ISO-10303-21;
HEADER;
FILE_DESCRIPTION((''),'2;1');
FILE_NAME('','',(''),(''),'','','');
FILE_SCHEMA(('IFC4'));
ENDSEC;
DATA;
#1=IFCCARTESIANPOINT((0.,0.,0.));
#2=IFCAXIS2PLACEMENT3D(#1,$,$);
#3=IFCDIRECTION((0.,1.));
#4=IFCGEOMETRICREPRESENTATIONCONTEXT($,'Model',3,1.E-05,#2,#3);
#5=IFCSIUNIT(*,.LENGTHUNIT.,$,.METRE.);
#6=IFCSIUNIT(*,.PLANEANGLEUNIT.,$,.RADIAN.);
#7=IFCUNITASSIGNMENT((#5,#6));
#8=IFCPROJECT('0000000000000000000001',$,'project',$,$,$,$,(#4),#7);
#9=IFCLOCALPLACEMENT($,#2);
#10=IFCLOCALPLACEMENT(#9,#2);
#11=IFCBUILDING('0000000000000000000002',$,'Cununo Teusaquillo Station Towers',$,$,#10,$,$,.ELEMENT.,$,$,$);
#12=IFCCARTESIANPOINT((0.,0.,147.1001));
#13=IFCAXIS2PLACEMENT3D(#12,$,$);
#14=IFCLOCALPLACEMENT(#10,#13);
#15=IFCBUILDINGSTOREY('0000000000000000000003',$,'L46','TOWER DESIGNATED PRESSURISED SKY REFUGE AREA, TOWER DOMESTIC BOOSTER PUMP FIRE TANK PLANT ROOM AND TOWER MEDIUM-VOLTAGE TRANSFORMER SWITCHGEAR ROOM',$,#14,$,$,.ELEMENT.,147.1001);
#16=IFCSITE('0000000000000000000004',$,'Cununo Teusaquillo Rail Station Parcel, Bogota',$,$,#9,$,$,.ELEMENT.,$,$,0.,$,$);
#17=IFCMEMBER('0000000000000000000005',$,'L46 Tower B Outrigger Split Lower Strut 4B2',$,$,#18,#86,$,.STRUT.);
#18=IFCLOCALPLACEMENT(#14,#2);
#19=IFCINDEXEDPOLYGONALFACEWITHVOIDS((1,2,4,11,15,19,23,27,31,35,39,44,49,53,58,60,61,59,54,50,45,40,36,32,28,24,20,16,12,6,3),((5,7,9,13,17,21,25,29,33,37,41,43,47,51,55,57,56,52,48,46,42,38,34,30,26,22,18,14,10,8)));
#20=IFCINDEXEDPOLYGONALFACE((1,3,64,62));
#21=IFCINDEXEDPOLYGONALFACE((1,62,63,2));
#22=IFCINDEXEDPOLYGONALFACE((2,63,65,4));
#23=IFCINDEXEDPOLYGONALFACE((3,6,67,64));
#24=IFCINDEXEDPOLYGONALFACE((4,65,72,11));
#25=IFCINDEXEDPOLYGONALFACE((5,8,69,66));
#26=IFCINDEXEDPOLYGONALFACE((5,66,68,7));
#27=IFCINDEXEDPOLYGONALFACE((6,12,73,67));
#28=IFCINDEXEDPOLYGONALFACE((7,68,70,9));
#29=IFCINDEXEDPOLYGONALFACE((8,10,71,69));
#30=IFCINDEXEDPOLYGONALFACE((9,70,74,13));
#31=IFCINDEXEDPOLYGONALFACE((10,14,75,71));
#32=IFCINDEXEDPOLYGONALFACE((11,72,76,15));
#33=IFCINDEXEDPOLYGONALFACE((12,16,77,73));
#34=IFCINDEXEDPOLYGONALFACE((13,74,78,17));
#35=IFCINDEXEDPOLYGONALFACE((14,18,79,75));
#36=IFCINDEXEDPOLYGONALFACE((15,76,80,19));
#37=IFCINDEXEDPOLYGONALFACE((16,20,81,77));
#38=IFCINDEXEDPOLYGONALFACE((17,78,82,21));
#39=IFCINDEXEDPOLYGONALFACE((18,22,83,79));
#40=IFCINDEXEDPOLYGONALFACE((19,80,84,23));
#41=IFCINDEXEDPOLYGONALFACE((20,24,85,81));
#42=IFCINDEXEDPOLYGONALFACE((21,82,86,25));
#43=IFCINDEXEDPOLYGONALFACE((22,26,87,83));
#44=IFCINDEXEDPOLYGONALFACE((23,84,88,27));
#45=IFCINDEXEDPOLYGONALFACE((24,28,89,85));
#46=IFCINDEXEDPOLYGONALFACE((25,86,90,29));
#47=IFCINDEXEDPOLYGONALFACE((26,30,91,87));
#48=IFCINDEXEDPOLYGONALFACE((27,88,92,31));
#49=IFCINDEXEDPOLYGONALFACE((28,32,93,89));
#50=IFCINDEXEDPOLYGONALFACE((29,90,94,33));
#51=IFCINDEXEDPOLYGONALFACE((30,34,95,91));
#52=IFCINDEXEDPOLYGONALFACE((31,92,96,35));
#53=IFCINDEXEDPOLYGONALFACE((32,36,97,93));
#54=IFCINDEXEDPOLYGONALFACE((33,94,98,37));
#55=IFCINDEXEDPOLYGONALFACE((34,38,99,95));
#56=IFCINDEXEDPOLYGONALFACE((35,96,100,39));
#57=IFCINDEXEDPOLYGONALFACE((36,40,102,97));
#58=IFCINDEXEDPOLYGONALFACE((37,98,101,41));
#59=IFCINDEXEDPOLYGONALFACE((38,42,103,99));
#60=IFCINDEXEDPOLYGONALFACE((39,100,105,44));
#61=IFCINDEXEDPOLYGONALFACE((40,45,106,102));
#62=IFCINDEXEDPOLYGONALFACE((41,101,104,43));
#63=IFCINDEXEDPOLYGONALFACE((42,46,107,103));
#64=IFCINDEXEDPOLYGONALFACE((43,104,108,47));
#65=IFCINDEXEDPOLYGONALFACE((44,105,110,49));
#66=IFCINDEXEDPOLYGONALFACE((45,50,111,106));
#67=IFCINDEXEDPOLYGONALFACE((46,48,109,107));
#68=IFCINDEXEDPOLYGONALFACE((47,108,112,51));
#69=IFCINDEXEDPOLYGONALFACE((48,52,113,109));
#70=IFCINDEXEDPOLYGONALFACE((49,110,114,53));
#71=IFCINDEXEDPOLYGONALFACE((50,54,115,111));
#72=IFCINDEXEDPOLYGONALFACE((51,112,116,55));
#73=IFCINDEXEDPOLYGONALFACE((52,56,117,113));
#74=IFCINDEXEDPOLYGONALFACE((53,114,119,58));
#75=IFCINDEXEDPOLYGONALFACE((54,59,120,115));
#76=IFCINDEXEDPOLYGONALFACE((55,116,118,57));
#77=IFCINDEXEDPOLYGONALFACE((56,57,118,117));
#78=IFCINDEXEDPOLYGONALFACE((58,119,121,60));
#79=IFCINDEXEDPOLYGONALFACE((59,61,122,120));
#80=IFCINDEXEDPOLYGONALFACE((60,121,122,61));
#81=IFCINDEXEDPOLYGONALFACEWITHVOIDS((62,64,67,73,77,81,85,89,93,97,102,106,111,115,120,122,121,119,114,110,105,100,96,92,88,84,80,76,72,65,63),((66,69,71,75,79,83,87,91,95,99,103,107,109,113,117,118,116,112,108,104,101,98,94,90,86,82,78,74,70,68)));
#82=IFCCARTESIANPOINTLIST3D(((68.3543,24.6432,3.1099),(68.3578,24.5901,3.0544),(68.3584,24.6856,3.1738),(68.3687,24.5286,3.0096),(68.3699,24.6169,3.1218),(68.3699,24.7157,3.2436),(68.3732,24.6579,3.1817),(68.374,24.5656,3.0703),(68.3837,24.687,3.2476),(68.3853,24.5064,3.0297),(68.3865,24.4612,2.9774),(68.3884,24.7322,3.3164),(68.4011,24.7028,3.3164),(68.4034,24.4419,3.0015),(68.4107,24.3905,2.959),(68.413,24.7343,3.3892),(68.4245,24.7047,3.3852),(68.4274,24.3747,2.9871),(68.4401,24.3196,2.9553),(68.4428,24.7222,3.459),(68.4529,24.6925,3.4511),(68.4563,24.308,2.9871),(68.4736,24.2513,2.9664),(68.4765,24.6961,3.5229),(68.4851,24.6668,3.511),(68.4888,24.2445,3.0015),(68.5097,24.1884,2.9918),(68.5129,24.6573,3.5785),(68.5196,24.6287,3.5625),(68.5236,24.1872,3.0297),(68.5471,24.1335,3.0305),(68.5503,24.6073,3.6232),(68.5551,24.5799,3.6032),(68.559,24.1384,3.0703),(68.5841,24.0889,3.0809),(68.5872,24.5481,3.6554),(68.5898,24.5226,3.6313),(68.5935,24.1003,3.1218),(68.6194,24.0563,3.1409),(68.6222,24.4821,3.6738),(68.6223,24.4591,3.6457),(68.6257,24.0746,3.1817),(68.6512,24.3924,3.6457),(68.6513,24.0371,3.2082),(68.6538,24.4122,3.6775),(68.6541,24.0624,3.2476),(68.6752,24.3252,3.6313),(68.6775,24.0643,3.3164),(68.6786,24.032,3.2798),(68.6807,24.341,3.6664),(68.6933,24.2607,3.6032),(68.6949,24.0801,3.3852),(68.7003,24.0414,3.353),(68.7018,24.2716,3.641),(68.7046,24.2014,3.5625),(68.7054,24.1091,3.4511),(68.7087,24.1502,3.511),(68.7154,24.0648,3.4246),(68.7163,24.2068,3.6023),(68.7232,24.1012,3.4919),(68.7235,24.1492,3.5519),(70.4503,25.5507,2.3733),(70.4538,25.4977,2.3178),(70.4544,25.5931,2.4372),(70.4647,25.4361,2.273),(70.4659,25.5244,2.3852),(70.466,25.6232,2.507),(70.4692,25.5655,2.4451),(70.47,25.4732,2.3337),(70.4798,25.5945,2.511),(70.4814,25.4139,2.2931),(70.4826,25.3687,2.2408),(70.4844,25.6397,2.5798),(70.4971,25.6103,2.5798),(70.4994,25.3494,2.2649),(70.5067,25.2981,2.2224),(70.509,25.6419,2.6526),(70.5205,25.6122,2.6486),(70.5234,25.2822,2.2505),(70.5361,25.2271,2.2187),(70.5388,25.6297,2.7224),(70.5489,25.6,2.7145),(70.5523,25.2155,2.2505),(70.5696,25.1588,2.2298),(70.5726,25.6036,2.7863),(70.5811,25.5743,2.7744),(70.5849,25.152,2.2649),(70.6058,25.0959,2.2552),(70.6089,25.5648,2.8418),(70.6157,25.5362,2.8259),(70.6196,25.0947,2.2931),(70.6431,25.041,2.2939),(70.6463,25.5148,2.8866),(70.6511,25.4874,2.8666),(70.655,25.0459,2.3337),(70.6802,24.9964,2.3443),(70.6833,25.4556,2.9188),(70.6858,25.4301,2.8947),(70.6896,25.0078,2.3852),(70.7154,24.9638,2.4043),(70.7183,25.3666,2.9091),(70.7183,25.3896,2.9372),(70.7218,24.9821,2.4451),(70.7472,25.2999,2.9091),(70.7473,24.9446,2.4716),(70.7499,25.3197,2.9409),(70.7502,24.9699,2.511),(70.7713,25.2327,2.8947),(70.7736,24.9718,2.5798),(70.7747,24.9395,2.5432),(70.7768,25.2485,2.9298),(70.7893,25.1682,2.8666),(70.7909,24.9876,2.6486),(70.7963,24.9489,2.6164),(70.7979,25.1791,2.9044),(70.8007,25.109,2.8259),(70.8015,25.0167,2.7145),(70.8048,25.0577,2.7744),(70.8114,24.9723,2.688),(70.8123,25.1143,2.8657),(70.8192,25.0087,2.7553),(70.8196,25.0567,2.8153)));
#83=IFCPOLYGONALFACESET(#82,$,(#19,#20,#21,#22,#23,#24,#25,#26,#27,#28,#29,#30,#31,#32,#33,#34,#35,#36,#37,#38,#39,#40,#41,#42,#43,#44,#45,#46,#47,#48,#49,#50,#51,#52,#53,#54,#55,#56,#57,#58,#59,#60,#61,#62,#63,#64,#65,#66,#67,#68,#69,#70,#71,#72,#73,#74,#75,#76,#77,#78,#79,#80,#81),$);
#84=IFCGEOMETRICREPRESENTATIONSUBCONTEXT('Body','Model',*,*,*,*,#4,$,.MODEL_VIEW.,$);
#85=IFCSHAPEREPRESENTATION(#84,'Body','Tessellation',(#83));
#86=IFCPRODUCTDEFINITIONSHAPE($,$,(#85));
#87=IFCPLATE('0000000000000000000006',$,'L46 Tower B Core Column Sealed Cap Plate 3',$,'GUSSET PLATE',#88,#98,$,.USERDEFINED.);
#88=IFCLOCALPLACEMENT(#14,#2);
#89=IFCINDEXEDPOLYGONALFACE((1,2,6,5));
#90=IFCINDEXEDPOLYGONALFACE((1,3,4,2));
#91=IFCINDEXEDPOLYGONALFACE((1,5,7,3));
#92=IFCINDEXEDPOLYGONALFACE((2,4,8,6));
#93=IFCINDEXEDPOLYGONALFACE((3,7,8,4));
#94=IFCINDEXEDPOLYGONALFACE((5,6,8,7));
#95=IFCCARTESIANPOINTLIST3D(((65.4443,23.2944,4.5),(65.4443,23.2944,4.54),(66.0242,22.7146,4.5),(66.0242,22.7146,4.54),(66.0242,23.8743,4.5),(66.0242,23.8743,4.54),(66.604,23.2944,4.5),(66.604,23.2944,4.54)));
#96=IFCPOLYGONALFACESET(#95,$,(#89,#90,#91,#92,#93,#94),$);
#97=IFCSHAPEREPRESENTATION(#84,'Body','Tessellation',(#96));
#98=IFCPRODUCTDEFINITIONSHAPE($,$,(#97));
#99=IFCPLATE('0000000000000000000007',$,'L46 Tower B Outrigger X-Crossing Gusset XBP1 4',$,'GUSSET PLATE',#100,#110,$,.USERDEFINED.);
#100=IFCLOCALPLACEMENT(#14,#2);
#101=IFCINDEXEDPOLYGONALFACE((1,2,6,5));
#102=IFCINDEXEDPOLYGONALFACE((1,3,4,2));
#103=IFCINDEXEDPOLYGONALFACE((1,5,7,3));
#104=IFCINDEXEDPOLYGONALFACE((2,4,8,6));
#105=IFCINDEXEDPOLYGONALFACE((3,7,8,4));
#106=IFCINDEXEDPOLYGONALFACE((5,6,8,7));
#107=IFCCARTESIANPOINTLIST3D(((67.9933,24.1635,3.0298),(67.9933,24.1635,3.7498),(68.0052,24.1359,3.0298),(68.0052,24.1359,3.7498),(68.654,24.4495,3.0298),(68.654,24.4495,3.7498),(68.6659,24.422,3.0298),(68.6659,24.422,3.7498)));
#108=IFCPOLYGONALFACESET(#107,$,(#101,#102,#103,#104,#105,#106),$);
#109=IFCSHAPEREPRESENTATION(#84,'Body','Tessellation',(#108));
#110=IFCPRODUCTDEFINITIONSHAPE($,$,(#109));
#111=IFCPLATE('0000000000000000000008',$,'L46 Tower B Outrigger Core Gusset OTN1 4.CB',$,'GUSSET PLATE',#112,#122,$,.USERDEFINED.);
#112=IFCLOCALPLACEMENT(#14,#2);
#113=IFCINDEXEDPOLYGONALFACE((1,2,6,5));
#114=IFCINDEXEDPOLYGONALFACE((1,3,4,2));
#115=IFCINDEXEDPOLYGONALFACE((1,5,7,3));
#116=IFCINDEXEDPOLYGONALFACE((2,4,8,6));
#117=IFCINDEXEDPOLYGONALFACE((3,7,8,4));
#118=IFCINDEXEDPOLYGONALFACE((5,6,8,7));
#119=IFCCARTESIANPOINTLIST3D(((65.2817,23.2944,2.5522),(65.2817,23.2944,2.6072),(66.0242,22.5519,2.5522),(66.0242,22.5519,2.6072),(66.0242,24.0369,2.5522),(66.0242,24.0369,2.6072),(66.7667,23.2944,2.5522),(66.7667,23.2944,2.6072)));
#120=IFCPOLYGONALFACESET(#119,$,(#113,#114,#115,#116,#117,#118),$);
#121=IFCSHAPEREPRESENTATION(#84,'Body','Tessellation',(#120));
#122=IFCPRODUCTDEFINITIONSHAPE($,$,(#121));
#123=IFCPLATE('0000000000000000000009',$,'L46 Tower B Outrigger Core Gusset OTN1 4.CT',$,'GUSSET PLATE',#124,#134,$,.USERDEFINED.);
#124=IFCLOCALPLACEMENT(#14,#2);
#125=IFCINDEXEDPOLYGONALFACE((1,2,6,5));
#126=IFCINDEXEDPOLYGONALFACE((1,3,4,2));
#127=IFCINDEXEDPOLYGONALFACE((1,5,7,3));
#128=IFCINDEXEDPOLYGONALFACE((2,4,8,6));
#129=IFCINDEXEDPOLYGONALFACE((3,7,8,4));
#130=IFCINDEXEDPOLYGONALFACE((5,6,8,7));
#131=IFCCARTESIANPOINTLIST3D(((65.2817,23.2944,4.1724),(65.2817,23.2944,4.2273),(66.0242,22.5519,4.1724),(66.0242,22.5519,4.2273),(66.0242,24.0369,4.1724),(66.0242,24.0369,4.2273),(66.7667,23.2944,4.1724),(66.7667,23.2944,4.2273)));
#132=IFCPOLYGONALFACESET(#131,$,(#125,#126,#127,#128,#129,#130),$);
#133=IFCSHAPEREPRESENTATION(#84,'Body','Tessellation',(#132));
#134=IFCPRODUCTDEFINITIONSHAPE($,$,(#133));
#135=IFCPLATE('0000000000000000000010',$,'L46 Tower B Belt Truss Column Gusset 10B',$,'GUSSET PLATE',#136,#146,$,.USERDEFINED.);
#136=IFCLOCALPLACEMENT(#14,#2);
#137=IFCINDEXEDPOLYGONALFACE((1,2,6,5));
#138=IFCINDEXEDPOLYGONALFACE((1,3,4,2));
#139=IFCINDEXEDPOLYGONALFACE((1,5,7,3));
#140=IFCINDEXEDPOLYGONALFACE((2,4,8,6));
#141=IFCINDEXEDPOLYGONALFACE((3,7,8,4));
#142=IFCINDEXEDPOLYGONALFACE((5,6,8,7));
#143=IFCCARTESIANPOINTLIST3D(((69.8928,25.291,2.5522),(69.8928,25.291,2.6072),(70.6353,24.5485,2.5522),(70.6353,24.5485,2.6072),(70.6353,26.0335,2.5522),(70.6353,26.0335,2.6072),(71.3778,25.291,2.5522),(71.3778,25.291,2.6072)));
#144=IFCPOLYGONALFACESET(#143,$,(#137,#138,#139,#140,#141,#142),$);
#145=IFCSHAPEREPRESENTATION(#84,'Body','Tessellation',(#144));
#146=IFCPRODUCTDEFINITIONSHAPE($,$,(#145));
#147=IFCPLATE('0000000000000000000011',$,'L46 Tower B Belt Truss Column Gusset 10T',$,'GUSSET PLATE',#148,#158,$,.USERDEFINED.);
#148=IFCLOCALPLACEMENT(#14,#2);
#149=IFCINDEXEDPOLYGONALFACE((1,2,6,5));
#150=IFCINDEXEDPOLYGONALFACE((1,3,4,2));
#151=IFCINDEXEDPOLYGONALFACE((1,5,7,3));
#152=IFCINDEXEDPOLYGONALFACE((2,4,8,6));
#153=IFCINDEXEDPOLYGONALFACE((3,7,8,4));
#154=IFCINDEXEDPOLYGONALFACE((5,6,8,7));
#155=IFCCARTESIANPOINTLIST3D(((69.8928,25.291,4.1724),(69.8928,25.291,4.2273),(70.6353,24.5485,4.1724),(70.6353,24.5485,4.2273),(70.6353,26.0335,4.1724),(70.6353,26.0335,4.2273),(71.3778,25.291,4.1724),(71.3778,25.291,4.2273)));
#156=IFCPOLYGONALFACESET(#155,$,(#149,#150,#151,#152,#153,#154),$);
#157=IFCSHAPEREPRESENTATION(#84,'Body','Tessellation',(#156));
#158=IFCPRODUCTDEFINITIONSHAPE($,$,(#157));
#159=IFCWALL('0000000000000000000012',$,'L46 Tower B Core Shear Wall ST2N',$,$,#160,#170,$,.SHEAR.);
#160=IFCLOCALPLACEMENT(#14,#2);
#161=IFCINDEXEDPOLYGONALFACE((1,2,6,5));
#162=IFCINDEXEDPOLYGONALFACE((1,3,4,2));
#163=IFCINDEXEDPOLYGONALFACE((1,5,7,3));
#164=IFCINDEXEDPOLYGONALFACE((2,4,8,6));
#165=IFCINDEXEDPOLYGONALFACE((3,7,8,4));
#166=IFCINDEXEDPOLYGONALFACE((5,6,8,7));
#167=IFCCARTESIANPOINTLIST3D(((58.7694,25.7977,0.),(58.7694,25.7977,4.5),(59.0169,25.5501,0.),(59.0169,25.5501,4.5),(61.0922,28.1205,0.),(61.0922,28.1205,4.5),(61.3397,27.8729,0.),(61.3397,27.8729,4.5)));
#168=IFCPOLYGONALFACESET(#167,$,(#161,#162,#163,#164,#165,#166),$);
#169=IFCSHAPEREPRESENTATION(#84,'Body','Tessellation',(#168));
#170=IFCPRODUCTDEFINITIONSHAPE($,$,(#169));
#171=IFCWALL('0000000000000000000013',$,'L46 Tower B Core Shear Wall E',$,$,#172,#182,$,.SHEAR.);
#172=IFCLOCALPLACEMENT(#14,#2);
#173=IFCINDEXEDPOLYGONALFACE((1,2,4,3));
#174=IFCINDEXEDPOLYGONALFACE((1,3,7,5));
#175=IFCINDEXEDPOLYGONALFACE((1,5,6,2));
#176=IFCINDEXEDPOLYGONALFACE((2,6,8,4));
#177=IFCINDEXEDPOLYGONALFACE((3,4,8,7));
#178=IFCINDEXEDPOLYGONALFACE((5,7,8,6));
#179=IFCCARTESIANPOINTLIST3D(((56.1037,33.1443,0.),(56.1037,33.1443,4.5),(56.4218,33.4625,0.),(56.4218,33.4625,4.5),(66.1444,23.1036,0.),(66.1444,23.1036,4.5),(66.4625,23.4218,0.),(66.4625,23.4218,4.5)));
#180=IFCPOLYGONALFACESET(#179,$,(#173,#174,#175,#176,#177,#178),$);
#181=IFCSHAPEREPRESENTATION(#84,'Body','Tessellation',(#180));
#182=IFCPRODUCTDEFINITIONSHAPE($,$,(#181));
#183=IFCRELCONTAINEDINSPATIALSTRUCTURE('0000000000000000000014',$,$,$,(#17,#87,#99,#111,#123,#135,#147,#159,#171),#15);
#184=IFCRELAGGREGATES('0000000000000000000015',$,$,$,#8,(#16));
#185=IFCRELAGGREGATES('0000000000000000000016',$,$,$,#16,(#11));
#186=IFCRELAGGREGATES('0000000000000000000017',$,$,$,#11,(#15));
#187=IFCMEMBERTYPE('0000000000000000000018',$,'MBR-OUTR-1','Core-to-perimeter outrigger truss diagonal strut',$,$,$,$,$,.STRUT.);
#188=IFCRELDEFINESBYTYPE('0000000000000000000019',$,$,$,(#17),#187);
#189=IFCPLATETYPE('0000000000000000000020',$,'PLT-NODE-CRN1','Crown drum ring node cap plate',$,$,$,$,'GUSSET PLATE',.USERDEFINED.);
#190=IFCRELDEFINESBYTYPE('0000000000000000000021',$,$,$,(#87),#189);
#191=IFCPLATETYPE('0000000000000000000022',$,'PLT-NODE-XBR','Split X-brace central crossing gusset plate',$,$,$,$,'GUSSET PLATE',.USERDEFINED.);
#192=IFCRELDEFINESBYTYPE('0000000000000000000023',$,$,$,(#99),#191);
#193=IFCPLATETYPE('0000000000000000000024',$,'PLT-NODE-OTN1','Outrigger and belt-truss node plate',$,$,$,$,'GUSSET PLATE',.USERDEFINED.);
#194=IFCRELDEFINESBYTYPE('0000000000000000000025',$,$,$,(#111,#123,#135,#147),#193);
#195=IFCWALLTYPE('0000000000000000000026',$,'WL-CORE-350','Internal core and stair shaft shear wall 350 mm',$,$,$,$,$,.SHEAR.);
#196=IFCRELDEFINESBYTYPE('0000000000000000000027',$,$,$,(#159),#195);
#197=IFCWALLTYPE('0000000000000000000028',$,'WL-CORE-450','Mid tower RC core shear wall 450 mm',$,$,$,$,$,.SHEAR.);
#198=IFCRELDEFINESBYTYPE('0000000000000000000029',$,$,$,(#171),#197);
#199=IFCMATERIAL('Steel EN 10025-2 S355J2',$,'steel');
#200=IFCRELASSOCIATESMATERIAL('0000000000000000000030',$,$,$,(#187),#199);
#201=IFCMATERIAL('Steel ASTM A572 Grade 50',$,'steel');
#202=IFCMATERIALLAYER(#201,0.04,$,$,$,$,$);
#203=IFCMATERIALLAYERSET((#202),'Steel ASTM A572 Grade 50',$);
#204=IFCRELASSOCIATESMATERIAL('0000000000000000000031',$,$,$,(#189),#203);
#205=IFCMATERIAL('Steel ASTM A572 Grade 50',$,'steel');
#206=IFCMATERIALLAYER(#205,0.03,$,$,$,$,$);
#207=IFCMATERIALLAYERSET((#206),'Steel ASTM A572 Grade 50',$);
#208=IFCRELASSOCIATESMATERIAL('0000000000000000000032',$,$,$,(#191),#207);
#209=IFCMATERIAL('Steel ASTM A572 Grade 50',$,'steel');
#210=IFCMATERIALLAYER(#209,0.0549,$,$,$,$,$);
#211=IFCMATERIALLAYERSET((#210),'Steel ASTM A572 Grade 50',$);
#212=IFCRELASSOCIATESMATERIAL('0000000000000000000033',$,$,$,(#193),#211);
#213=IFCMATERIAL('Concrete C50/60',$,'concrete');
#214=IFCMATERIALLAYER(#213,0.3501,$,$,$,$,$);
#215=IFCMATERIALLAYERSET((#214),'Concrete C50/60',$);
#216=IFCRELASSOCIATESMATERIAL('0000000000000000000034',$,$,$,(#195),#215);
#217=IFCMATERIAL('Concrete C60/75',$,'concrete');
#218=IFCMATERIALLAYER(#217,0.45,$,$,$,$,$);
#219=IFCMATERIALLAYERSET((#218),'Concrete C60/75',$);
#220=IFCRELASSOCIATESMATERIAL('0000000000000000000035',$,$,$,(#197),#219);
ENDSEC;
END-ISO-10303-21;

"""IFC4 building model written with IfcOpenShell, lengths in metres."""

from ifc_helpers import new_model, si_unit, direction, frame, frame_2d, origin, origin_2d, place, context, subcontext, project, spatial, rectangle, hollow_circle, extrude, source, transform, mapped, material, layer, layer_set, material_profile, profile_set, type_object, element, save


model = new_model("IFC4")

# Units and contexts
model_context = context("Model", 3, precision=1e-05, world=origin(), true_north=direction((0.0, 1.0)))
body_context = subcontext(model_context, "Body", "Model", "MODEL_VIEW")
ifc_project = project(units=[si_unit("LENGTHUNIT", "METRE"), si_unit("PLANEANGLEUNIT", "RADIAN")], contexts=[model_context])

# Site, building, storey
site_placement = place(None, origin())
site = spatial("IfcSite", under=ifc_project, at=site_placement, Name="Cununo Teusaquillo Rail Station Parcel, Bogota", CompositionType="ELEMENT", RefElevation=0.0)
building_placement = place(site_placement, origin())
building = spatial("IfcBuilding", under=site, at=building_placement, Name="Cununo Teusaquillo Station Towers", CompositionType="ELEMENT")
storey_placement = place(building_placement, frame((0.0, 0.0, 147.1001)))
storey = spatial("IfcBuildingStorey", under=building, at=storey_placement, Name="L46", Description="TOWER DESIGNATED PRESSURISED SKY REFUGE AREA, TOWER DOMESTIC BOOSTER PUMP FIRE TANK PLANT ROOM AND TOWER MEDIUM-VOLTAGE TRANSFORMER SWITCHGEAR ROOM", CompositionType="ELEMENT", Elevation=147.1001)

# Member
ifc_material_1 = material(Name="Steel EN 10025-2 S355J2", Category="steel")
ifc_material_profile_1 = material_profile(ifc_material_1, hollow_circle(Radius=0.3799, WallThickness=0.032, at=origin_2d()), Name="CHS 760x32")
ifc_profile_set_1 = profile_set([ifc_material_profile_1], Name="Steel EN 10025-2 S355J2")
member_type_1 = type_object("IfcMemberType", Name="MBR-OUTR-1", Description="Core-to-perimeter outrigger truss diagonal strut", PredefinedType="STRUT", material=ifc_profile_set_1)
member_1_placement = place(storey_placement, frame((68.5393, 24.3835, 3.3164), z_axis=(0.873384, 0.378144, -0.306931), x_axis=(-0.397322, 0.917679, 0.0)))
element("IfcMember", 1, at=member_1_placement, inside=storey, type_object=member_type_1, Name="L46 Tower B Outrigger Split Lower Strut 4B2", PredefinedType="STRUT", context=body_context, shape_type="SweptSolid", body=[
    extrude(hollow_circle(Radius=0.3799, WallThickness=0.032, at=origin_2d()), origin(), (0.0, 0.0, 1.0), 2.3999),
])

# Plates
ifc_material_2 = material(Name="Steel ASTM A572 Grade 50", Category="steel")
ifc_layer_1 = layer(ifc_material_2, 0.04)
ifc_layer_set_1 = layer_set([ifc_layer_1], Name="Steel ASTM A572 Grade 50")
plate_type_1 = type_object("IfcPlateType", Name="PLT-NODE-CRN1", Description="Crown drum ring node cap plate", ElementType="GUSSET PLATE", PredefinedType="USERDEFINED", material=ifc_layer_set_1)
shared_shape_1 = source(origin(), body_context, "Body", "SweptSolid", [
    extrude(rectangle(XDim=0.8201, YDim=0.8201, at=origin_2d()), origin(), (0.0, 0.0, 1.0), 0.04),
])
plate_1_placement = place(storey_placement, frame((66.0242, 23.2944, 4.5), z_axis=(0.0, 0.0, 1.0), x_axis=(0.707107, 0.707107, 0.0)))
element("IfcPlate", 2, at=plate_1_placement, inside=storey, type_object=plate_type_1, Name="L46 Tower B Core Column Sealed Cap Plate 3", ObjectType="GUSSET PLATE", PredefinedType="USERDEFINED", context=body_context, shape_type="MappedRepresentation", body=[
    mapped(shared_shape_1, transform((0.0, 0.0, 0.0), x_axis=(1.0, 0.0, 0.0), y_axis=(0.0, 1.0, 0.0), z_axis=(0.0, 0.0, 1.0), scale=1.0)),
])
ifc_material_3 = material(Name="Steel ASTM A572 Grade 50", Category="steel")
ifc_layer_2 = layer(ifc_material_3, 0.03)
ifc_layer_set_2 = layer_set([ifc_layer_2], Name="Steel ASTM A572 Grade 50")
plate_type_2 = type_object("IfcPlateType", Name="PLT-NODE-XBR", Description="Split X-brace central crossing gusset plate", ElementType="GUSSET PLATE", PredefinedType="USERDEFINED", material=ifc_layer_set_2)
shared_shape_2 = source(origin(), body_context, "Body", "SweptSolid", [
    extrude(rectangle(XDim=0.72, YDim=0.03, at=origin_2d()), origin(), (0.0, 0.0, 1.0), 0.72),
])
plate_2_placement = place(storey_placement, frame((68.3296, 24.2927, 3.0298), z_axis=(0.0, 0.0, 1.0), x_axis=(0.917685, 0.397308, 0.0)))
element("IfcPlate", 3, at=plate_2_placement, inside=storey, type_object=plate_type_2, Name="L46 Tower B Outrigger X-Crossing Gusset XBP1 4", ObjectType="GUSSET PLATE", PredefinedType="USERDEFINED", context=body_context, shape_type="MappedRepresentation", body=[
    mapped(shared_shape_2, transform((0.0, 0.0, 0.0), x_axis=(1.0, 0.0, 0.0), y_axis=(0.0, 1.0, 0.0), z_axis=(0.0, 0.0, 1.0), scale=1.0)),
])
ifc_material_4 = material(Name="Steel ASTM A572 Grade 50", Category="steel")
ifc_layer_3 = layer(ifc_material_4, 0.0549)
ifc_layer_set_3 = layer_set([ifc_layer_3], Name="Steel ASTM A572 Grade 50")
plate_type_3 = type_object("IfcPlateType", Name="PLT-NODE-OTN1", Description="Outrigger and belt-truss node plate", ElementType="GUSSET PLATE", PredefinedType="USERDEFINED", material=ifc_layer_set_3)
shared_shape_3 = source(origin(), body_context, "Body", "SweptSolid", [
    extrude(rectangle(XDim=1.05, YDim=1.05, at=origin_2d()), origin(), (0.0, 0.0, 1.0), 0.0549),
])
for number, where, z_axis, x_axis, name in (
    (4, (66.0242, 23.2944, 2.5522), (0.0, 0.0, 1.0), (0.707107, 0.707107, 0.0), "L46 Tower B Outrigger Core Gusset OTN1 4.CB"),
    (5, (66.0242, 23.2944, 4.1724), (0.0, 0.0, 1.0), (0.707107, 0.707107, 0.0), "L46 Tower B Outrigger Core Gusset OTN1 4.CT"),
    (6, (70.6353, 25.291, 2.5522), (0.0, 0.0, 1.0), (0.707107, 0.707107, 0.0), "L46 Tower B Belt Truss Column Gusset 10B"),
    (7, (70.6353, 25.291, 4.1724), (0.0, 0.0, 1.0), (0.707107, 0.707107, 0.0), "L46 Tower B Belt Truss Column Gusset 10T"),
):
    element("IfcPlate", number, at=place(storey_placement, frame(where, z_axis=z_axis, x_axis=x_axis)), inside=storey, type_object=plate_type_3, Name=name, ObjectType="GUSSET PLATE", PredefinedType="USERDEFINED", context=body_context, shape_type="MappedRepresentation", body=[
        mapped(shared_shape_3, transform((0.0, 0.0, 0.0), x_axis=(1.0, 0.0, 0.0), y_axis=(0.0, 1.0, 0.0), z_axis=(0.0, 0.0, 1.0), scale=1.0)),
    ])

# Walls
ifc_material_5 = material(Name="Concrete C50/60", Category="concrete")
ifc_layer_4 = layer(ifc_material_5, 0.3501)
ifc_layer_set_4 = layer_set([ifc_layer_4], Name="Concrete C50/60")
wall_type_1 = type_object("IfcWallType", Name="WL-CORE-350", Description="Internal core and stair shaft shear wall 350 mm", PredefinedType="SHEAR", material=ifc_layer_set_4)
wall_1_placement = place(storey_placement, frame((58.8931, 25.6738, 0.0), z_axis=(0.0, 0.0, 1.0), x_axis=(0.707107, 0.707107, 0.0)))
element("IfcWall", 8, at=wall_1_placement, inside=storey, type_object=wall_type_1, Name="L46 Tower B Core Shear Wall ST2N", PredefinedType="SHEAR", context=body_context, shape_type="SweptSolid", body=[
    extrude(rectangle(XDim=3.2849, YDim=0.3501, at=frame_2d((1.6426, 0.0))), origin(), (0.0, 0.0, 1.0), 4.5),
])
ifc_material_6 = material(Name="Concrete C60/75", Category="concrete")
ifc_layer_5 = layer(ifc_material_6, 0.45)
ifc_layer_set_5 = layer_set([ifc_layer_5], Name="Concrete C60/75")
wall_type_2 = type_object("IfcWallType", Name="WL-CORE-450", Description="Mid tower RC core shear wall 450 mm", PredefinedType="SHEAR", material=ifc_layer_set_5)
wall_2_placement = place(storey_placement, frame((66.3035, 23.2627, 0.0), z_axis=(0.0, 0.0, 1.0), x_axis=(-0.707107, 0.707107, 0.0)))
element("IfcWall", 9, at=wall_2_placement, inside=storey, type_object=wall_type_2, Name="L46 Tower B Core Shear Wall E", PredefinedType="SHEAR", context=body_context, shape_type="SweptSolid", body=[
    extrude(rectangle(XDim=14.1997, YDim=0.45, at=frame_2d((7.0999, 0.0))), origin(), (0.0, 0.0, 1.0), 4.5),
])

save(model, "model.ifc")
